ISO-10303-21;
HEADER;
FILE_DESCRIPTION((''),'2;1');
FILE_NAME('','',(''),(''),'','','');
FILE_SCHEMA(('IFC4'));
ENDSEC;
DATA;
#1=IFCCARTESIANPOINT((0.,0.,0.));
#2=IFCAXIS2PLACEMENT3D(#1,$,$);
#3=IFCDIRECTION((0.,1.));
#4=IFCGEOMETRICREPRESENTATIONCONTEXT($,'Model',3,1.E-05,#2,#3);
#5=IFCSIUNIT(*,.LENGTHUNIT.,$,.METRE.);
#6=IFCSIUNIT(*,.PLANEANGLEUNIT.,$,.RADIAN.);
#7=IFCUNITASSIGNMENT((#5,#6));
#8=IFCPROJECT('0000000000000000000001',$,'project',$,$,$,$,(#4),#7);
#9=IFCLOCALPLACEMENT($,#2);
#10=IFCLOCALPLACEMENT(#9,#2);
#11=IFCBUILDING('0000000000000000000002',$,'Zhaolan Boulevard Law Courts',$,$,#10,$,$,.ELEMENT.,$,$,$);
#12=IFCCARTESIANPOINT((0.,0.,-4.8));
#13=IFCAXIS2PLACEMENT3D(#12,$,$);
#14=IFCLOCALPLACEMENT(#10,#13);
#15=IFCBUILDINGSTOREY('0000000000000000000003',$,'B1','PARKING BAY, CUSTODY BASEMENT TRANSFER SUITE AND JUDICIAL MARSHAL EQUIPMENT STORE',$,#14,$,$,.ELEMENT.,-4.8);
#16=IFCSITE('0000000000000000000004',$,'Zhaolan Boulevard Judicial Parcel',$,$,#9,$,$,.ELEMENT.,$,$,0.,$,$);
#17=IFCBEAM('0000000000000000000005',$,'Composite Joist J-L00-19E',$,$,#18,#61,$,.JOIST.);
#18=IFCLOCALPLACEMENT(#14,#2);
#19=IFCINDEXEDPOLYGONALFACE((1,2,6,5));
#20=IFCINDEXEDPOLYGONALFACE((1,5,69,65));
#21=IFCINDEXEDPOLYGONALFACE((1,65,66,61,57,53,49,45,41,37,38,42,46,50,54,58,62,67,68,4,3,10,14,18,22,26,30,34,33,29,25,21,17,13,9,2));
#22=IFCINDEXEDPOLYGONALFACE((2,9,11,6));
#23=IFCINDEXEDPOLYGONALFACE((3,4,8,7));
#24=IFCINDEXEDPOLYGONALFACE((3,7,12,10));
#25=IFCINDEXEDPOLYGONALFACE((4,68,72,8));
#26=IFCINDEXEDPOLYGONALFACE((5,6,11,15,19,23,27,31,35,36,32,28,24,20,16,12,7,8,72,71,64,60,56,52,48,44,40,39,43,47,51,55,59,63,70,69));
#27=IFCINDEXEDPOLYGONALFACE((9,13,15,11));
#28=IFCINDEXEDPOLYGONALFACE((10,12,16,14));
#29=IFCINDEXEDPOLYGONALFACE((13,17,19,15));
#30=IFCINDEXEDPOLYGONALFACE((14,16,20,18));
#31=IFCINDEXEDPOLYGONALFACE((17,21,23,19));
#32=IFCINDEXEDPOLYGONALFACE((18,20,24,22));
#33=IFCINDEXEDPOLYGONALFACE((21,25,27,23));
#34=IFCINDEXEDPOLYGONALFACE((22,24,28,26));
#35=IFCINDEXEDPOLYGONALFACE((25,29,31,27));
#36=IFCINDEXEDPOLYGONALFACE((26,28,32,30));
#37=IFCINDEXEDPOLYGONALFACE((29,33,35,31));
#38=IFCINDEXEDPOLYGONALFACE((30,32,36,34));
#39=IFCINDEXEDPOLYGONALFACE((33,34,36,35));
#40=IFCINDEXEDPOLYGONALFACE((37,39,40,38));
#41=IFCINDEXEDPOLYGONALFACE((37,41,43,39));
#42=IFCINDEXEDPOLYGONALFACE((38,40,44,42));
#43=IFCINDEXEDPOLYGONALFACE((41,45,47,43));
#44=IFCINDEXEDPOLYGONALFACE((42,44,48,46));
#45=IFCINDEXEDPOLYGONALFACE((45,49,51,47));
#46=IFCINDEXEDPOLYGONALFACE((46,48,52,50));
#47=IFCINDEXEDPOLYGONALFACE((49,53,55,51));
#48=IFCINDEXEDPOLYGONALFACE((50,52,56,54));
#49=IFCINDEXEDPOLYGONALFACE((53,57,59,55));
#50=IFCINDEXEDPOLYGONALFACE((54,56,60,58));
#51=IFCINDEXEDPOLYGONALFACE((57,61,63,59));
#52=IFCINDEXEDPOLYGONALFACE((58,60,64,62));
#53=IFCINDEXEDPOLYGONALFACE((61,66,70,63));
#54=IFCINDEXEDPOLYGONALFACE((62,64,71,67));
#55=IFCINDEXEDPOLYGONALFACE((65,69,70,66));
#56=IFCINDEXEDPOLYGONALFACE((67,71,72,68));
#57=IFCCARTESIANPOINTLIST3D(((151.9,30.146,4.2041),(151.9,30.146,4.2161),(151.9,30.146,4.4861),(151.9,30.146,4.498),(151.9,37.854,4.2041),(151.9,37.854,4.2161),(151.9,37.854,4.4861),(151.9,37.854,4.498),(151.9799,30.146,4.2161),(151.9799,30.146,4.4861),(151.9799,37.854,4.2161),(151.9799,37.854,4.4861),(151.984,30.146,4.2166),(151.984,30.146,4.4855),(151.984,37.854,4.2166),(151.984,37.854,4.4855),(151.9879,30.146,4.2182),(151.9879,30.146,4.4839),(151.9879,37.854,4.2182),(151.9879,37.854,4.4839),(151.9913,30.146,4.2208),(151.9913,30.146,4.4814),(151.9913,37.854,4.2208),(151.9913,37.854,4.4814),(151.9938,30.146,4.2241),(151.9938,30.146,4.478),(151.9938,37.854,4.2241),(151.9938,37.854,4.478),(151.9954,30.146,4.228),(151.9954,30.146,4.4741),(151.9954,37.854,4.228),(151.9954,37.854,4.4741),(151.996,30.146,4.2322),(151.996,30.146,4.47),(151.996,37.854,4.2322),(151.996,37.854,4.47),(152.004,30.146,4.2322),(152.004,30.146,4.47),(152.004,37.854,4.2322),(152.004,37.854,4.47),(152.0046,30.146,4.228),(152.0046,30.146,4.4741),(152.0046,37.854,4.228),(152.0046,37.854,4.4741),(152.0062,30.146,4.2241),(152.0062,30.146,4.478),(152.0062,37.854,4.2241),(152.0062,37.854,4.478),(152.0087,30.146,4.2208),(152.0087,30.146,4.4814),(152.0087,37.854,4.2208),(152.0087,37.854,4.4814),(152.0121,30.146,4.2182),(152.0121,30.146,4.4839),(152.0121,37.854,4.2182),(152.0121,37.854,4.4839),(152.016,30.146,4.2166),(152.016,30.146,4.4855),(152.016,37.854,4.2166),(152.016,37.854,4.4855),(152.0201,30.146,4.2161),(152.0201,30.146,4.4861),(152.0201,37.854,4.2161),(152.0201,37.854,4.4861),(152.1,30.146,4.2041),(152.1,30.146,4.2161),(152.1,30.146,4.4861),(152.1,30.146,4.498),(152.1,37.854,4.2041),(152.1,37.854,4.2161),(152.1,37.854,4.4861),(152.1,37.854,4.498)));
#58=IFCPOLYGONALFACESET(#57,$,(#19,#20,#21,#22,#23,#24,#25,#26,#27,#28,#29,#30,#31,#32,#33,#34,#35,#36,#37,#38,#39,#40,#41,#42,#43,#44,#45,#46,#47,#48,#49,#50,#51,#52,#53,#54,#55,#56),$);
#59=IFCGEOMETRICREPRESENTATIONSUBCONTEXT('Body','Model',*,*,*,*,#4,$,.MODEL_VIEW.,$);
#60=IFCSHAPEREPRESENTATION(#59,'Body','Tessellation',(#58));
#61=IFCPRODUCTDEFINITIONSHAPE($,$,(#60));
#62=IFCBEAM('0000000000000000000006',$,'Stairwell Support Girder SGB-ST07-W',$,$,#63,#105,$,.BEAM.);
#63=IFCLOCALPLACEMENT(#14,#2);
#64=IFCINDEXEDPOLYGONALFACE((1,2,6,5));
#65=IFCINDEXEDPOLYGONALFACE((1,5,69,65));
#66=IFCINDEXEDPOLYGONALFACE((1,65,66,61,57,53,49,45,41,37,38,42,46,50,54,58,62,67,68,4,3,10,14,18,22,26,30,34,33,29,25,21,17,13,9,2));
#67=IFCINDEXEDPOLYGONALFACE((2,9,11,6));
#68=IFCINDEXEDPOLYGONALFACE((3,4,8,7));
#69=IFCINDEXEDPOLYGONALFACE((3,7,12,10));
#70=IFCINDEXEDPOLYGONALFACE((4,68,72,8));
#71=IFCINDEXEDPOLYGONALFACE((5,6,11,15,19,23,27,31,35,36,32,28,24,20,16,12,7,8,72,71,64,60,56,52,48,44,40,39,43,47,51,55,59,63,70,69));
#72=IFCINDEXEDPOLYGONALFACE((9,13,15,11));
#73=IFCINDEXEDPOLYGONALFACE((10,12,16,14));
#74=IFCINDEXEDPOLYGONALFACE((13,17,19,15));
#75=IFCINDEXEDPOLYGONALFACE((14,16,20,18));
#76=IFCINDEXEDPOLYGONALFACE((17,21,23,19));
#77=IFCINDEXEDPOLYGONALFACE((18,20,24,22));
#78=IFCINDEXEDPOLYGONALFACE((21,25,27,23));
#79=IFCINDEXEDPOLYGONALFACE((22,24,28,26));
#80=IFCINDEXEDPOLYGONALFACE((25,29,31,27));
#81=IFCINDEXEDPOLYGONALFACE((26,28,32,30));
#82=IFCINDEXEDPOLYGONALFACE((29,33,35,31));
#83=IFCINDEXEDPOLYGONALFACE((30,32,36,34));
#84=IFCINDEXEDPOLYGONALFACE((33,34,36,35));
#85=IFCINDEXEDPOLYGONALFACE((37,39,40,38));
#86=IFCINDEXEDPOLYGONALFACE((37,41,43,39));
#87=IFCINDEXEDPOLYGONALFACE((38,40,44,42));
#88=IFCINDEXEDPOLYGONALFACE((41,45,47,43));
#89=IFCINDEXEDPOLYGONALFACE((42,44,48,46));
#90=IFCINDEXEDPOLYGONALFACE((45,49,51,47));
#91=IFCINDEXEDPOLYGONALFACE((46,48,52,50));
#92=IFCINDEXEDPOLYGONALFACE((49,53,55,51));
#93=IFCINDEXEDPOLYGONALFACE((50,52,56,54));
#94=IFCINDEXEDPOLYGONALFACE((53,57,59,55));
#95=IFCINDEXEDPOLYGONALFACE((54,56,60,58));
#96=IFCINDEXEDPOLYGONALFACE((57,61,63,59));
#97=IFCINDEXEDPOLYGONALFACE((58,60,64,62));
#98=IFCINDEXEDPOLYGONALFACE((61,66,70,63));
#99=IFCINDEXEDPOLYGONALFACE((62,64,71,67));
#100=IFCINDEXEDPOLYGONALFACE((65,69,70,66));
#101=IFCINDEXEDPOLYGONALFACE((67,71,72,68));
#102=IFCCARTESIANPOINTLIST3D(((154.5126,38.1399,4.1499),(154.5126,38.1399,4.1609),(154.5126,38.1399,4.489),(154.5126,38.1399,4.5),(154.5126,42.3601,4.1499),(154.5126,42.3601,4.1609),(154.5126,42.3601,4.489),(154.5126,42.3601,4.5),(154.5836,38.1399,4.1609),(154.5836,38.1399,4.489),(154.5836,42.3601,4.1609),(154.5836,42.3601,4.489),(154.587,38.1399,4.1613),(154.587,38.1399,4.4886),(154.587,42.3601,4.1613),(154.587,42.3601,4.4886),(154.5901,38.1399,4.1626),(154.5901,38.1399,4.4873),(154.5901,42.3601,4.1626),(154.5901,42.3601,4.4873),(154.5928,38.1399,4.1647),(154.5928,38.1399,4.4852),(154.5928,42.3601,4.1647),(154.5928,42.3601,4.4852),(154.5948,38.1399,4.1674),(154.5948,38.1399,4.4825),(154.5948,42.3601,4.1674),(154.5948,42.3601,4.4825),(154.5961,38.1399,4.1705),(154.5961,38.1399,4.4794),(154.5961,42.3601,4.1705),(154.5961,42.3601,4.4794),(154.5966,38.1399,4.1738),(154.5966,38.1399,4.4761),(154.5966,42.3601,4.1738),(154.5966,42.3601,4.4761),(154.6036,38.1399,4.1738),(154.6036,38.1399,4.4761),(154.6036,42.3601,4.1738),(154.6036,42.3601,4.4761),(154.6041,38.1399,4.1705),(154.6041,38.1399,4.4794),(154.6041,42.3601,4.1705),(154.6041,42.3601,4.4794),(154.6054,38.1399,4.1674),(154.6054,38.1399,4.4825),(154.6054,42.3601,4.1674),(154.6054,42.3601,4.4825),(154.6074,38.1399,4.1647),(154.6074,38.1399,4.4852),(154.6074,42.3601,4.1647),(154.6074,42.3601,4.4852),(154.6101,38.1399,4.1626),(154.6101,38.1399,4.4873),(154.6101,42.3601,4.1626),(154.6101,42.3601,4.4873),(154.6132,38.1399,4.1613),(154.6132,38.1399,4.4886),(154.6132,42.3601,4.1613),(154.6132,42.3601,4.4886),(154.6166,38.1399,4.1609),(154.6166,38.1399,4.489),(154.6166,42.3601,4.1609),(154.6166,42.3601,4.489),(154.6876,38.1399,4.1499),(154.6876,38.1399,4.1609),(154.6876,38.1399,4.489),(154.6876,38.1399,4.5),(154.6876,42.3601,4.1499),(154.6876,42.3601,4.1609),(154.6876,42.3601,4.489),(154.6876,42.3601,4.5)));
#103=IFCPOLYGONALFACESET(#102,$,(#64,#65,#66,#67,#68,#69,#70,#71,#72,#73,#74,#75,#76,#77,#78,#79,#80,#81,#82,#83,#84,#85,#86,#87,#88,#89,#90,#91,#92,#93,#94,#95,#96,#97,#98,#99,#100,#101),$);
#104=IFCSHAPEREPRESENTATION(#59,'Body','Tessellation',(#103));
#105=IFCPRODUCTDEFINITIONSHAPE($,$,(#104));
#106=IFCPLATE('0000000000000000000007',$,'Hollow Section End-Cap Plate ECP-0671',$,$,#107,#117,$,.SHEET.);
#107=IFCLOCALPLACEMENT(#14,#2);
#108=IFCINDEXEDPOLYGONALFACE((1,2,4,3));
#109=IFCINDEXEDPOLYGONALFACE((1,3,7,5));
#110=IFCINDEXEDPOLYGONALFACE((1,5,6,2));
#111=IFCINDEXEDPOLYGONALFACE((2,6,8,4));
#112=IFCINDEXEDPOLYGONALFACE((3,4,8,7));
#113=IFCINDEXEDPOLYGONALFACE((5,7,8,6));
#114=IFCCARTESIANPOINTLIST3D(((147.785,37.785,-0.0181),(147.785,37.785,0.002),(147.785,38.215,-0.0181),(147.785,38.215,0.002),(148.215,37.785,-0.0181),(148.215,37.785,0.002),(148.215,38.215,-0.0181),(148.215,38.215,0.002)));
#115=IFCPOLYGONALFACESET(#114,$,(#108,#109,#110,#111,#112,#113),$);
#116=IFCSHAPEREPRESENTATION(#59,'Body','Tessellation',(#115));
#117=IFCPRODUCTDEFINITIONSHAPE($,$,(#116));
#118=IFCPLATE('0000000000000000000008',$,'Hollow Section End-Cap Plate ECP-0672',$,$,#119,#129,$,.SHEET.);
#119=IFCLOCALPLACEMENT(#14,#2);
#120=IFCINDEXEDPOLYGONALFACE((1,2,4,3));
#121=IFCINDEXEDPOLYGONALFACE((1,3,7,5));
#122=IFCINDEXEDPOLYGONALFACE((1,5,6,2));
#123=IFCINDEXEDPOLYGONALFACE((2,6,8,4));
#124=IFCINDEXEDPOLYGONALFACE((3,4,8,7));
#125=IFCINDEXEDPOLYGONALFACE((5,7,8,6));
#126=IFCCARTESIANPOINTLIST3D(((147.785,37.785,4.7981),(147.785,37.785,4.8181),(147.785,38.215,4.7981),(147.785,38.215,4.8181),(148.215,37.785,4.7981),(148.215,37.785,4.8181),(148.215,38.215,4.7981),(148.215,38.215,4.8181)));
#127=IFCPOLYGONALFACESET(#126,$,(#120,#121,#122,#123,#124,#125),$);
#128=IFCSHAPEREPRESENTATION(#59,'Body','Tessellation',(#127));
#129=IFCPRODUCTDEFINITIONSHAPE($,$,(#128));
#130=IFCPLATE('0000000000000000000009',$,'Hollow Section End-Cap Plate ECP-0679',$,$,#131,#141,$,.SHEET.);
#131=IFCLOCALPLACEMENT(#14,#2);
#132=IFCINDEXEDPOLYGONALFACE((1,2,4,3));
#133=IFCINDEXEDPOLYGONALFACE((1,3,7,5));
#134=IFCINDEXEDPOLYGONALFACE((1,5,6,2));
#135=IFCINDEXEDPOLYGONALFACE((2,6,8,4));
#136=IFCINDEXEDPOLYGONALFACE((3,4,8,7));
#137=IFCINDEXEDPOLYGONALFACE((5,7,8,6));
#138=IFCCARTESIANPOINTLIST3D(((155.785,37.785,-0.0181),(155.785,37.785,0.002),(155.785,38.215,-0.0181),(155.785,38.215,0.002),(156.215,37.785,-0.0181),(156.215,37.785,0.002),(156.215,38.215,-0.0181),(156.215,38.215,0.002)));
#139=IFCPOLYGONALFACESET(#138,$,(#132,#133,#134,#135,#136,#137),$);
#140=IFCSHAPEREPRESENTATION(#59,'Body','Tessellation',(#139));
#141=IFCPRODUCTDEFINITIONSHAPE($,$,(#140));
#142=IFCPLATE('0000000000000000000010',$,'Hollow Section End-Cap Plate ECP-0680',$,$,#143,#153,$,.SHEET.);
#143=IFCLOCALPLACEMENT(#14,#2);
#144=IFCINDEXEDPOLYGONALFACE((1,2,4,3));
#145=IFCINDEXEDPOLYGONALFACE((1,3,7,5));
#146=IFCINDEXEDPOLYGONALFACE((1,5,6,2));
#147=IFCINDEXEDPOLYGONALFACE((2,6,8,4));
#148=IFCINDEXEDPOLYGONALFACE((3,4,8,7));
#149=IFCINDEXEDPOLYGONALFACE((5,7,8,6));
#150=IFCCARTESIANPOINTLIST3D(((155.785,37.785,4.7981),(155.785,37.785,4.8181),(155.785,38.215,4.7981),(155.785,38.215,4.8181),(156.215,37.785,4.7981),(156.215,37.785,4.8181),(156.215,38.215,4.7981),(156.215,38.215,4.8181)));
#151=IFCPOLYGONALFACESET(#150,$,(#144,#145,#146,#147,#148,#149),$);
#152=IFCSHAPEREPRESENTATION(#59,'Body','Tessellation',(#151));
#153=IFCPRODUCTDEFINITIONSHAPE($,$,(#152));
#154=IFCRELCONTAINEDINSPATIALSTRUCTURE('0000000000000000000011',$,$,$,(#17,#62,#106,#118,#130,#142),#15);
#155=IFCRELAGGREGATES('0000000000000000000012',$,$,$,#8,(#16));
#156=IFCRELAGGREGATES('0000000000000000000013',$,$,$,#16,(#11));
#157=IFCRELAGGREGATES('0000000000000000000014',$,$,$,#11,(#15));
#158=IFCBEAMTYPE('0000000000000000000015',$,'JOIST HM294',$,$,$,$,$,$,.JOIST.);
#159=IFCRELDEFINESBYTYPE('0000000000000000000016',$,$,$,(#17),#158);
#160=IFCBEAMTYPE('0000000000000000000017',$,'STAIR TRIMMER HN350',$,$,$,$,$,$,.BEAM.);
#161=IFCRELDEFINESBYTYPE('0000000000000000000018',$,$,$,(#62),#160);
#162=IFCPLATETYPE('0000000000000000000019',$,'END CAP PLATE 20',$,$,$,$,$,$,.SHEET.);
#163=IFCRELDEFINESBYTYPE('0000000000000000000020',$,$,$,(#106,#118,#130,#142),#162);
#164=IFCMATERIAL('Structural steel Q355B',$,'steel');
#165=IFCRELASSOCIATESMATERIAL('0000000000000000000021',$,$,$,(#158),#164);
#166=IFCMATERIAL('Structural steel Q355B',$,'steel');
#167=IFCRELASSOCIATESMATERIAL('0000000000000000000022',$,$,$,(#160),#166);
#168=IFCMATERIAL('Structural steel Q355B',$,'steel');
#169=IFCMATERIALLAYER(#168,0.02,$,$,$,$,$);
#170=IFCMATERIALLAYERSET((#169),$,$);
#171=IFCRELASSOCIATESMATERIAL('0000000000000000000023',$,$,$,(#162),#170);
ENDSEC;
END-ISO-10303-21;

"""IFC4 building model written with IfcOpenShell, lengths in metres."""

from ifc_helpers import new_model, si_unit, direction, frame, origin, origin_2d, place, context, subcontext, project, spatial, rectangle, i_section, extrude, material, layer, layer_set, material_profile, profile_set, type_object, element, save


model = new_model("IFC4")

# Units and contexts
model_context = context("Model", 3, precision=1e-05, world=origin(), true_north=direction((0.0, 1.0)))
body_context = subcontext(model_context, "Body", "Model", "MODEL_VIEW")
ifc_project = project(units=[si_unit("LENGTHUNIT", "METRE"), si_unit("PLANEANGLEUNIT", "RADIAN")], contexts=[model_context])

# Site, building, storey
site_placement = place(None, origin())
site = spatial("IfcSite", under=ifc_project, at=site_placement, Name="Zhaolan Boulevard Judicial Parcel", CompositionType="ELEMENT", RefElevation=0.0)
building_placement = place(site_placement, origin())
building = spatial("IfcBuilding", under=site, at=building_placement, Name="Zhaolan Boulevard Law Courts", CompositionType="ELEMENT")
storey_placement = place(building_placement, frame((0.0, 0.0, -4.8)))
storey = spatial("IfcBuildingStorey", under=building, at=storey_placement, Name="B1", Description="PARKING BAY, CUSTODY BASEMENT TRANSFER SUITE AND JUDICIAL MARSHAL EQUIPMENT STORE", CompositionType="ELEMENT", Elevation=-4.8)

# Beams
ifc_material_1 = material(Name="Structural steel Q355B", Category="steel")
ifc_material_profile_1 = material_profile(ifc_material_1, i_section(OverallWidth=0.2, OverallDepth=0.2939, WebThickness=0.0081, FlangeThickness=0.012, FilletRadius=0.0161, at=origin_2d()), Name="HM294x200")
ifc_profile_set_1 = profile_set([ifc_material_profile_1], Name="Structural steel Q355B")
beam_type_1 = type_object("IfcBeamType", Name="JOIST HM294", PredefinedType="JOIST", material=ifc_profile_set_1)
beam_1_placement = place(storey_placement, frame((152.0, 30.146, 4.3511), z_axis=(0.0, 1.0, 0.0), x_axis=(-1.0, 0.0, 0.0)))
element("IfcBeam", 1, at=beam_1_placement, inside=storey, type_object=beam_type_1, Name="Composite Joist J-L00-19E", PredefinedType="JOIST", context=body_context, shape_type="SweptSolid", body=[
    extrude(i_section(OverallWidth=0.2, OverallDepth=0.2939, WebThickness=0.0081, FlangeThickness=0.012, FilletRadius=0.0161, at=origin_2d()), origin(), (0.0, 0.0, 1.0), 7.708),
])
ifc_material_2 = material(Name="Structural steel Q355B", Category="steel")
ifc_material_profile_2 = material_profile(ifc_material_2, i_section(OverallWidth=0.175, OverallDepth=0.3501, WebThickness=0.0071, FlangeThickness=0.011, FilletRadius=0.0129, at=origin_2d()), Name="HN350x175")
ifc_profile_set_2 = profile_set([ifc_material_profile_2], Name="Structural steel Q355B")
beam_type_2 = type_object("IfcBeamType", Name="STAIR TRIMMER HN350", PredefinedType="BEAM", material=ifc_profile_set_2)
beam_2_placement = place(storey_placement, frame((154.6001, 38.1399, 4.325), z_axis=(0.0, 1.0, 0.0), x_axis=(-1.0, 0.0, 0.0)))
element("IfcBeam", 2, at=beam_2_placement, inside=storey, type_object=beam_type_2, Name="Stairwell Support Girder SGB-ST07-W", PredefinedType="BEAM", context=body_context, shape_type="SweptSolid", body=[
    extrude(i_section(OverallWidth=0.175, OverallDepth=0.3501, WebThickness=0.0071, FlangeThickness=0.011, FilletRadius=0.0129, at=origin_2d()), origin(), (0.0, 0.0, 1.0), 4.2202),
])

# Plates
ifc_material_3 = material(Name="Structural steel Q355B", Category="steel")
ifc_layer = layer(ifc_material_3, 0.02)
ifc_layer_set = layer_set([ifc_layer])
plate_type = type_object("IfcPlateType", Name="END CAP PLATE 20", PredefinedType="SHEET", material=ifc_layer_set)
for number, where, z_axis, x_axis, name in (
    (3, (148.0, 38.0, -0.0181), (0.0, 0.0, 1.0), (1.0, 0.0, 0.0), "Hollow Section End-Cap Plate ECP-0671"),
    (4, (148.0, 38.0, 4.7981), (0.0, 0.0, 1.0), (1.0, 0.0, 0.0), "Hollow Section End-Cap Plate ECP-0672"),
    (5, (156.0, 38.0, -0.0181), (0.0, 0.0, 1.0), (1.0, 0.0, 0.0), "Hollow Section End-Cap Plate ECP-0679"),
    (6, (156.0, 38.0, 4.7981), (0.0, 0.0, 1.0), (1.0, 0.0, 0.0), "Hollow Section End-Cap Plate ECP-0680"),
):
    element("IfcPlate", number, at=place(storey_placement, frame(where, z_axis=z_axis, x_axis=x_axis)), inside=storey, type_object=plate_type, Name=name, PredefinedType="SHEET", context=body_context, shape_type="SweptSolid", body=[
        extrude(rectangle(XDim=0.4299, YDim=0.4299, at=origin_2d()), origin(), (0.0, 0.0, 1.0), 0.02),
    ])

save(model, "model.ifc")
